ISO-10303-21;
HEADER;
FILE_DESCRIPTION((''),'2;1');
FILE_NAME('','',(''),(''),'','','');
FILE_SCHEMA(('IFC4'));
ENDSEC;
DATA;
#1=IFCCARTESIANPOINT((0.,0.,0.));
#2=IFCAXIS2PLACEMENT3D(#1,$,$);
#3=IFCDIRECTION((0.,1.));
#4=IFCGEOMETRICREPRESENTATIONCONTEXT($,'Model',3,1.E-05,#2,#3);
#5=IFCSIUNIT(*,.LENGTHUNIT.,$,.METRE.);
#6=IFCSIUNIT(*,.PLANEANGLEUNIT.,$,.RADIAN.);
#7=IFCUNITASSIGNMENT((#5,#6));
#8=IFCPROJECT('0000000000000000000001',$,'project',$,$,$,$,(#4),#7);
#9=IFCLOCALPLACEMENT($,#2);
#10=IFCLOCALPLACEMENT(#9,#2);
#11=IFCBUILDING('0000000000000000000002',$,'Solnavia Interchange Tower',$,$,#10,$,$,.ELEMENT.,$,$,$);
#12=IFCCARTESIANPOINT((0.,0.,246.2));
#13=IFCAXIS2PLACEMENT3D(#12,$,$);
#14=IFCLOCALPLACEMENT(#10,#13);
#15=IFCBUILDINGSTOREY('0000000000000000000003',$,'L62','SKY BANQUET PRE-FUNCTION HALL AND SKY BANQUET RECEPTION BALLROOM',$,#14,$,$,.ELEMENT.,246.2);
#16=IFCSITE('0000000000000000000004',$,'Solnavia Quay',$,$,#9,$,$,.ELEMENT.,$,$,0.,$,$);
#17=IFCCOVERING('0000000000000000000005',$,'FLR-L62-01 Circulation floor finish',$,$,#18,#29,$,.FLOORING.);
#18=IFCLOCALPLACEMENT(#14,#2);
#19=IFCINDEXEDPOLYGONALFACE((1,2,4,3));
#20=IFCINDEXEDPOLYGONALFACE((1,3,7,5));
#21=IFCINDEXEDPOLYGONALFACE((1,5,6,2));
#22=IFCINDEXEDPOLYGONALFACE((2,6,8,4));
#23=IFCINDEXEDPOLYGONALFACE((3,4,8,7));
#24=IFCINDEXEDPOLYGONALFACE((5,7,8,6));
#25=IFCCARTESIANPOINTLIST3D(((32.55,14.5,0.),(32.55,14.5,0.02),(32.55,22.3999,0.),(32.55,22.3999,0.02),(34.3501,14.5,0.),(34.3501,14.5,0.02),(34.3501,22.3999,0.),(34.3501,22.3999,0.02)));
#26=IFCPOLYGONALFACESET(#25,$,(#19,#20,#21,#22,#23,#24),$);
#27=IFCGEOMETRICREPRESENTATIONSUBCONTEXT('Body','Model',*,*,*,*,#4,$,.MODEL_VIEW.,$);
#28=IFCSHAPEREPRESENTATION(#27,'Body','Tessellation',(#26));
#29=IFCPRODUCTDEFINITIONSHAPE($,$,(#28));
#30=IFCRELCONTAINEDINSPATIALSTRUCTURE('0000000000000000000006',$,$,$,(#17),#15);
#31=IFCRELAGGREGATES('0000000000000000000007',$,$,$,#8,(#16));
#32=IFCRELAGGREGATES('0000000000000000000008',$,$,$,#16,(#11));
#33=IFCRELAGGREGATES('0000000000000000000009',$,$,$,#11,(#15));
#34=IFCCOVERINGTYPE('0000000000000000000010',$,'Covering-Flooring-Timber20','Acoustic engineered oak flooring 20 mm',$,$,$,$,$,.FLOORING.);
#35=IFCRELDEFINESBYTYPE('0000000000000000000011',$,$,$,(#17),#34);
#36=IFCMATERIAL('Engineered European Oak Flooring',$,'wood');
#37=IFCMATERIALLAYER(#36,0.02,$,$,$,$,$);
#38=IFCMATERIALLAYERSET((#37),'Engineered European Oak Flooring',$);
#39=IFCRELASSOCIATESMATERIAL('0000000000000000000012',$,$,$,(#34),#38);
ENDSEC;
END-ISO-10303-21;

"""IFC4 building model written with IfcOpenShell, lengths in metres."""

from ifc_helpers import new_model, si_unit, direction, frame, origin, place, context, subcontext, project, spatial, polyline, outline, extrude, material, layer, layer_set, type_object, element, save


model = new_model("IFC4")

# Units and contexts
model_context = context("Model", 3, precision=1e-05, world=origin(), true_north=direction((0.0, 1.0)))
body_context = subcontext(model_context, "Body", "Model", "MODEL_VIEW")
ifc_project = project(units=[si_unit("LENGTHUNIT", "METRE"), si_unit("PLANEANGLEUNIT", "RADIAN")], contexts=[model_context])

# Site, building, storey
site_placement = place(None, origin())
site = spatial("IfcSite", under=ifc_project, at=site_placement, Name="Solnavia Quay", CompositionType="ELEMENT", RefElevation=0.0)
building_placement = place(site_placement, origin())
building = spatial("IfcBuilding", under=site, at=building_placement, Name="Solnavia Interchange Tower", CompositionType="ELEMENT")
storey_placement = place(building_placement, frame((0.0, 0.0, 246.2)))
storey = spatial("IfcBuildingStorey", under=building, at=storey_placement, Name="L62", Description="SKY BANQUET PRE-FUNCTION HALL AND SKY BANQUET RECEPTION BALLROOM", CompositionType="ELEMENT", Elevation=246.2)

# Covering
ifc_material_1 = material(Name="Engineered European Oak Flooring", Category="wood")
ifc_layer_1 = layer(ifc_material_1, 0.02)
ifc_layer_set_1 = layer_set([ifc_layer_1], Name="Engineered European Oak Flooring")
covering_type_1 = type_object("IfcCoveringType", Name="Covering-Flooring-Timber20", Description="Acoustic engineered oak flooring 20 mm", PredefinedType="FLOORING", material=ifc_layer_set_1)
covering_1_placement = place(storey_placement, origin())
element("IfcCovering", 1, at=covering_1_placement, inside=storey, type_object=covering_type_1, Name="FLR-L62-01 Circulation floor finish", PredefinedType="FLOORING", context=body_context, shape_type="SweptSolid", body=[
    extrude(outline(polyline([(32.55, 14.5), (34.3501, 14.5), (34.3501, 22.3999), (32.55, 22.3999), (32.55, 14.5)])), origin(), (0.0, 0.0, 1.0), 0.02),
])

save(model, "model.ifc")
